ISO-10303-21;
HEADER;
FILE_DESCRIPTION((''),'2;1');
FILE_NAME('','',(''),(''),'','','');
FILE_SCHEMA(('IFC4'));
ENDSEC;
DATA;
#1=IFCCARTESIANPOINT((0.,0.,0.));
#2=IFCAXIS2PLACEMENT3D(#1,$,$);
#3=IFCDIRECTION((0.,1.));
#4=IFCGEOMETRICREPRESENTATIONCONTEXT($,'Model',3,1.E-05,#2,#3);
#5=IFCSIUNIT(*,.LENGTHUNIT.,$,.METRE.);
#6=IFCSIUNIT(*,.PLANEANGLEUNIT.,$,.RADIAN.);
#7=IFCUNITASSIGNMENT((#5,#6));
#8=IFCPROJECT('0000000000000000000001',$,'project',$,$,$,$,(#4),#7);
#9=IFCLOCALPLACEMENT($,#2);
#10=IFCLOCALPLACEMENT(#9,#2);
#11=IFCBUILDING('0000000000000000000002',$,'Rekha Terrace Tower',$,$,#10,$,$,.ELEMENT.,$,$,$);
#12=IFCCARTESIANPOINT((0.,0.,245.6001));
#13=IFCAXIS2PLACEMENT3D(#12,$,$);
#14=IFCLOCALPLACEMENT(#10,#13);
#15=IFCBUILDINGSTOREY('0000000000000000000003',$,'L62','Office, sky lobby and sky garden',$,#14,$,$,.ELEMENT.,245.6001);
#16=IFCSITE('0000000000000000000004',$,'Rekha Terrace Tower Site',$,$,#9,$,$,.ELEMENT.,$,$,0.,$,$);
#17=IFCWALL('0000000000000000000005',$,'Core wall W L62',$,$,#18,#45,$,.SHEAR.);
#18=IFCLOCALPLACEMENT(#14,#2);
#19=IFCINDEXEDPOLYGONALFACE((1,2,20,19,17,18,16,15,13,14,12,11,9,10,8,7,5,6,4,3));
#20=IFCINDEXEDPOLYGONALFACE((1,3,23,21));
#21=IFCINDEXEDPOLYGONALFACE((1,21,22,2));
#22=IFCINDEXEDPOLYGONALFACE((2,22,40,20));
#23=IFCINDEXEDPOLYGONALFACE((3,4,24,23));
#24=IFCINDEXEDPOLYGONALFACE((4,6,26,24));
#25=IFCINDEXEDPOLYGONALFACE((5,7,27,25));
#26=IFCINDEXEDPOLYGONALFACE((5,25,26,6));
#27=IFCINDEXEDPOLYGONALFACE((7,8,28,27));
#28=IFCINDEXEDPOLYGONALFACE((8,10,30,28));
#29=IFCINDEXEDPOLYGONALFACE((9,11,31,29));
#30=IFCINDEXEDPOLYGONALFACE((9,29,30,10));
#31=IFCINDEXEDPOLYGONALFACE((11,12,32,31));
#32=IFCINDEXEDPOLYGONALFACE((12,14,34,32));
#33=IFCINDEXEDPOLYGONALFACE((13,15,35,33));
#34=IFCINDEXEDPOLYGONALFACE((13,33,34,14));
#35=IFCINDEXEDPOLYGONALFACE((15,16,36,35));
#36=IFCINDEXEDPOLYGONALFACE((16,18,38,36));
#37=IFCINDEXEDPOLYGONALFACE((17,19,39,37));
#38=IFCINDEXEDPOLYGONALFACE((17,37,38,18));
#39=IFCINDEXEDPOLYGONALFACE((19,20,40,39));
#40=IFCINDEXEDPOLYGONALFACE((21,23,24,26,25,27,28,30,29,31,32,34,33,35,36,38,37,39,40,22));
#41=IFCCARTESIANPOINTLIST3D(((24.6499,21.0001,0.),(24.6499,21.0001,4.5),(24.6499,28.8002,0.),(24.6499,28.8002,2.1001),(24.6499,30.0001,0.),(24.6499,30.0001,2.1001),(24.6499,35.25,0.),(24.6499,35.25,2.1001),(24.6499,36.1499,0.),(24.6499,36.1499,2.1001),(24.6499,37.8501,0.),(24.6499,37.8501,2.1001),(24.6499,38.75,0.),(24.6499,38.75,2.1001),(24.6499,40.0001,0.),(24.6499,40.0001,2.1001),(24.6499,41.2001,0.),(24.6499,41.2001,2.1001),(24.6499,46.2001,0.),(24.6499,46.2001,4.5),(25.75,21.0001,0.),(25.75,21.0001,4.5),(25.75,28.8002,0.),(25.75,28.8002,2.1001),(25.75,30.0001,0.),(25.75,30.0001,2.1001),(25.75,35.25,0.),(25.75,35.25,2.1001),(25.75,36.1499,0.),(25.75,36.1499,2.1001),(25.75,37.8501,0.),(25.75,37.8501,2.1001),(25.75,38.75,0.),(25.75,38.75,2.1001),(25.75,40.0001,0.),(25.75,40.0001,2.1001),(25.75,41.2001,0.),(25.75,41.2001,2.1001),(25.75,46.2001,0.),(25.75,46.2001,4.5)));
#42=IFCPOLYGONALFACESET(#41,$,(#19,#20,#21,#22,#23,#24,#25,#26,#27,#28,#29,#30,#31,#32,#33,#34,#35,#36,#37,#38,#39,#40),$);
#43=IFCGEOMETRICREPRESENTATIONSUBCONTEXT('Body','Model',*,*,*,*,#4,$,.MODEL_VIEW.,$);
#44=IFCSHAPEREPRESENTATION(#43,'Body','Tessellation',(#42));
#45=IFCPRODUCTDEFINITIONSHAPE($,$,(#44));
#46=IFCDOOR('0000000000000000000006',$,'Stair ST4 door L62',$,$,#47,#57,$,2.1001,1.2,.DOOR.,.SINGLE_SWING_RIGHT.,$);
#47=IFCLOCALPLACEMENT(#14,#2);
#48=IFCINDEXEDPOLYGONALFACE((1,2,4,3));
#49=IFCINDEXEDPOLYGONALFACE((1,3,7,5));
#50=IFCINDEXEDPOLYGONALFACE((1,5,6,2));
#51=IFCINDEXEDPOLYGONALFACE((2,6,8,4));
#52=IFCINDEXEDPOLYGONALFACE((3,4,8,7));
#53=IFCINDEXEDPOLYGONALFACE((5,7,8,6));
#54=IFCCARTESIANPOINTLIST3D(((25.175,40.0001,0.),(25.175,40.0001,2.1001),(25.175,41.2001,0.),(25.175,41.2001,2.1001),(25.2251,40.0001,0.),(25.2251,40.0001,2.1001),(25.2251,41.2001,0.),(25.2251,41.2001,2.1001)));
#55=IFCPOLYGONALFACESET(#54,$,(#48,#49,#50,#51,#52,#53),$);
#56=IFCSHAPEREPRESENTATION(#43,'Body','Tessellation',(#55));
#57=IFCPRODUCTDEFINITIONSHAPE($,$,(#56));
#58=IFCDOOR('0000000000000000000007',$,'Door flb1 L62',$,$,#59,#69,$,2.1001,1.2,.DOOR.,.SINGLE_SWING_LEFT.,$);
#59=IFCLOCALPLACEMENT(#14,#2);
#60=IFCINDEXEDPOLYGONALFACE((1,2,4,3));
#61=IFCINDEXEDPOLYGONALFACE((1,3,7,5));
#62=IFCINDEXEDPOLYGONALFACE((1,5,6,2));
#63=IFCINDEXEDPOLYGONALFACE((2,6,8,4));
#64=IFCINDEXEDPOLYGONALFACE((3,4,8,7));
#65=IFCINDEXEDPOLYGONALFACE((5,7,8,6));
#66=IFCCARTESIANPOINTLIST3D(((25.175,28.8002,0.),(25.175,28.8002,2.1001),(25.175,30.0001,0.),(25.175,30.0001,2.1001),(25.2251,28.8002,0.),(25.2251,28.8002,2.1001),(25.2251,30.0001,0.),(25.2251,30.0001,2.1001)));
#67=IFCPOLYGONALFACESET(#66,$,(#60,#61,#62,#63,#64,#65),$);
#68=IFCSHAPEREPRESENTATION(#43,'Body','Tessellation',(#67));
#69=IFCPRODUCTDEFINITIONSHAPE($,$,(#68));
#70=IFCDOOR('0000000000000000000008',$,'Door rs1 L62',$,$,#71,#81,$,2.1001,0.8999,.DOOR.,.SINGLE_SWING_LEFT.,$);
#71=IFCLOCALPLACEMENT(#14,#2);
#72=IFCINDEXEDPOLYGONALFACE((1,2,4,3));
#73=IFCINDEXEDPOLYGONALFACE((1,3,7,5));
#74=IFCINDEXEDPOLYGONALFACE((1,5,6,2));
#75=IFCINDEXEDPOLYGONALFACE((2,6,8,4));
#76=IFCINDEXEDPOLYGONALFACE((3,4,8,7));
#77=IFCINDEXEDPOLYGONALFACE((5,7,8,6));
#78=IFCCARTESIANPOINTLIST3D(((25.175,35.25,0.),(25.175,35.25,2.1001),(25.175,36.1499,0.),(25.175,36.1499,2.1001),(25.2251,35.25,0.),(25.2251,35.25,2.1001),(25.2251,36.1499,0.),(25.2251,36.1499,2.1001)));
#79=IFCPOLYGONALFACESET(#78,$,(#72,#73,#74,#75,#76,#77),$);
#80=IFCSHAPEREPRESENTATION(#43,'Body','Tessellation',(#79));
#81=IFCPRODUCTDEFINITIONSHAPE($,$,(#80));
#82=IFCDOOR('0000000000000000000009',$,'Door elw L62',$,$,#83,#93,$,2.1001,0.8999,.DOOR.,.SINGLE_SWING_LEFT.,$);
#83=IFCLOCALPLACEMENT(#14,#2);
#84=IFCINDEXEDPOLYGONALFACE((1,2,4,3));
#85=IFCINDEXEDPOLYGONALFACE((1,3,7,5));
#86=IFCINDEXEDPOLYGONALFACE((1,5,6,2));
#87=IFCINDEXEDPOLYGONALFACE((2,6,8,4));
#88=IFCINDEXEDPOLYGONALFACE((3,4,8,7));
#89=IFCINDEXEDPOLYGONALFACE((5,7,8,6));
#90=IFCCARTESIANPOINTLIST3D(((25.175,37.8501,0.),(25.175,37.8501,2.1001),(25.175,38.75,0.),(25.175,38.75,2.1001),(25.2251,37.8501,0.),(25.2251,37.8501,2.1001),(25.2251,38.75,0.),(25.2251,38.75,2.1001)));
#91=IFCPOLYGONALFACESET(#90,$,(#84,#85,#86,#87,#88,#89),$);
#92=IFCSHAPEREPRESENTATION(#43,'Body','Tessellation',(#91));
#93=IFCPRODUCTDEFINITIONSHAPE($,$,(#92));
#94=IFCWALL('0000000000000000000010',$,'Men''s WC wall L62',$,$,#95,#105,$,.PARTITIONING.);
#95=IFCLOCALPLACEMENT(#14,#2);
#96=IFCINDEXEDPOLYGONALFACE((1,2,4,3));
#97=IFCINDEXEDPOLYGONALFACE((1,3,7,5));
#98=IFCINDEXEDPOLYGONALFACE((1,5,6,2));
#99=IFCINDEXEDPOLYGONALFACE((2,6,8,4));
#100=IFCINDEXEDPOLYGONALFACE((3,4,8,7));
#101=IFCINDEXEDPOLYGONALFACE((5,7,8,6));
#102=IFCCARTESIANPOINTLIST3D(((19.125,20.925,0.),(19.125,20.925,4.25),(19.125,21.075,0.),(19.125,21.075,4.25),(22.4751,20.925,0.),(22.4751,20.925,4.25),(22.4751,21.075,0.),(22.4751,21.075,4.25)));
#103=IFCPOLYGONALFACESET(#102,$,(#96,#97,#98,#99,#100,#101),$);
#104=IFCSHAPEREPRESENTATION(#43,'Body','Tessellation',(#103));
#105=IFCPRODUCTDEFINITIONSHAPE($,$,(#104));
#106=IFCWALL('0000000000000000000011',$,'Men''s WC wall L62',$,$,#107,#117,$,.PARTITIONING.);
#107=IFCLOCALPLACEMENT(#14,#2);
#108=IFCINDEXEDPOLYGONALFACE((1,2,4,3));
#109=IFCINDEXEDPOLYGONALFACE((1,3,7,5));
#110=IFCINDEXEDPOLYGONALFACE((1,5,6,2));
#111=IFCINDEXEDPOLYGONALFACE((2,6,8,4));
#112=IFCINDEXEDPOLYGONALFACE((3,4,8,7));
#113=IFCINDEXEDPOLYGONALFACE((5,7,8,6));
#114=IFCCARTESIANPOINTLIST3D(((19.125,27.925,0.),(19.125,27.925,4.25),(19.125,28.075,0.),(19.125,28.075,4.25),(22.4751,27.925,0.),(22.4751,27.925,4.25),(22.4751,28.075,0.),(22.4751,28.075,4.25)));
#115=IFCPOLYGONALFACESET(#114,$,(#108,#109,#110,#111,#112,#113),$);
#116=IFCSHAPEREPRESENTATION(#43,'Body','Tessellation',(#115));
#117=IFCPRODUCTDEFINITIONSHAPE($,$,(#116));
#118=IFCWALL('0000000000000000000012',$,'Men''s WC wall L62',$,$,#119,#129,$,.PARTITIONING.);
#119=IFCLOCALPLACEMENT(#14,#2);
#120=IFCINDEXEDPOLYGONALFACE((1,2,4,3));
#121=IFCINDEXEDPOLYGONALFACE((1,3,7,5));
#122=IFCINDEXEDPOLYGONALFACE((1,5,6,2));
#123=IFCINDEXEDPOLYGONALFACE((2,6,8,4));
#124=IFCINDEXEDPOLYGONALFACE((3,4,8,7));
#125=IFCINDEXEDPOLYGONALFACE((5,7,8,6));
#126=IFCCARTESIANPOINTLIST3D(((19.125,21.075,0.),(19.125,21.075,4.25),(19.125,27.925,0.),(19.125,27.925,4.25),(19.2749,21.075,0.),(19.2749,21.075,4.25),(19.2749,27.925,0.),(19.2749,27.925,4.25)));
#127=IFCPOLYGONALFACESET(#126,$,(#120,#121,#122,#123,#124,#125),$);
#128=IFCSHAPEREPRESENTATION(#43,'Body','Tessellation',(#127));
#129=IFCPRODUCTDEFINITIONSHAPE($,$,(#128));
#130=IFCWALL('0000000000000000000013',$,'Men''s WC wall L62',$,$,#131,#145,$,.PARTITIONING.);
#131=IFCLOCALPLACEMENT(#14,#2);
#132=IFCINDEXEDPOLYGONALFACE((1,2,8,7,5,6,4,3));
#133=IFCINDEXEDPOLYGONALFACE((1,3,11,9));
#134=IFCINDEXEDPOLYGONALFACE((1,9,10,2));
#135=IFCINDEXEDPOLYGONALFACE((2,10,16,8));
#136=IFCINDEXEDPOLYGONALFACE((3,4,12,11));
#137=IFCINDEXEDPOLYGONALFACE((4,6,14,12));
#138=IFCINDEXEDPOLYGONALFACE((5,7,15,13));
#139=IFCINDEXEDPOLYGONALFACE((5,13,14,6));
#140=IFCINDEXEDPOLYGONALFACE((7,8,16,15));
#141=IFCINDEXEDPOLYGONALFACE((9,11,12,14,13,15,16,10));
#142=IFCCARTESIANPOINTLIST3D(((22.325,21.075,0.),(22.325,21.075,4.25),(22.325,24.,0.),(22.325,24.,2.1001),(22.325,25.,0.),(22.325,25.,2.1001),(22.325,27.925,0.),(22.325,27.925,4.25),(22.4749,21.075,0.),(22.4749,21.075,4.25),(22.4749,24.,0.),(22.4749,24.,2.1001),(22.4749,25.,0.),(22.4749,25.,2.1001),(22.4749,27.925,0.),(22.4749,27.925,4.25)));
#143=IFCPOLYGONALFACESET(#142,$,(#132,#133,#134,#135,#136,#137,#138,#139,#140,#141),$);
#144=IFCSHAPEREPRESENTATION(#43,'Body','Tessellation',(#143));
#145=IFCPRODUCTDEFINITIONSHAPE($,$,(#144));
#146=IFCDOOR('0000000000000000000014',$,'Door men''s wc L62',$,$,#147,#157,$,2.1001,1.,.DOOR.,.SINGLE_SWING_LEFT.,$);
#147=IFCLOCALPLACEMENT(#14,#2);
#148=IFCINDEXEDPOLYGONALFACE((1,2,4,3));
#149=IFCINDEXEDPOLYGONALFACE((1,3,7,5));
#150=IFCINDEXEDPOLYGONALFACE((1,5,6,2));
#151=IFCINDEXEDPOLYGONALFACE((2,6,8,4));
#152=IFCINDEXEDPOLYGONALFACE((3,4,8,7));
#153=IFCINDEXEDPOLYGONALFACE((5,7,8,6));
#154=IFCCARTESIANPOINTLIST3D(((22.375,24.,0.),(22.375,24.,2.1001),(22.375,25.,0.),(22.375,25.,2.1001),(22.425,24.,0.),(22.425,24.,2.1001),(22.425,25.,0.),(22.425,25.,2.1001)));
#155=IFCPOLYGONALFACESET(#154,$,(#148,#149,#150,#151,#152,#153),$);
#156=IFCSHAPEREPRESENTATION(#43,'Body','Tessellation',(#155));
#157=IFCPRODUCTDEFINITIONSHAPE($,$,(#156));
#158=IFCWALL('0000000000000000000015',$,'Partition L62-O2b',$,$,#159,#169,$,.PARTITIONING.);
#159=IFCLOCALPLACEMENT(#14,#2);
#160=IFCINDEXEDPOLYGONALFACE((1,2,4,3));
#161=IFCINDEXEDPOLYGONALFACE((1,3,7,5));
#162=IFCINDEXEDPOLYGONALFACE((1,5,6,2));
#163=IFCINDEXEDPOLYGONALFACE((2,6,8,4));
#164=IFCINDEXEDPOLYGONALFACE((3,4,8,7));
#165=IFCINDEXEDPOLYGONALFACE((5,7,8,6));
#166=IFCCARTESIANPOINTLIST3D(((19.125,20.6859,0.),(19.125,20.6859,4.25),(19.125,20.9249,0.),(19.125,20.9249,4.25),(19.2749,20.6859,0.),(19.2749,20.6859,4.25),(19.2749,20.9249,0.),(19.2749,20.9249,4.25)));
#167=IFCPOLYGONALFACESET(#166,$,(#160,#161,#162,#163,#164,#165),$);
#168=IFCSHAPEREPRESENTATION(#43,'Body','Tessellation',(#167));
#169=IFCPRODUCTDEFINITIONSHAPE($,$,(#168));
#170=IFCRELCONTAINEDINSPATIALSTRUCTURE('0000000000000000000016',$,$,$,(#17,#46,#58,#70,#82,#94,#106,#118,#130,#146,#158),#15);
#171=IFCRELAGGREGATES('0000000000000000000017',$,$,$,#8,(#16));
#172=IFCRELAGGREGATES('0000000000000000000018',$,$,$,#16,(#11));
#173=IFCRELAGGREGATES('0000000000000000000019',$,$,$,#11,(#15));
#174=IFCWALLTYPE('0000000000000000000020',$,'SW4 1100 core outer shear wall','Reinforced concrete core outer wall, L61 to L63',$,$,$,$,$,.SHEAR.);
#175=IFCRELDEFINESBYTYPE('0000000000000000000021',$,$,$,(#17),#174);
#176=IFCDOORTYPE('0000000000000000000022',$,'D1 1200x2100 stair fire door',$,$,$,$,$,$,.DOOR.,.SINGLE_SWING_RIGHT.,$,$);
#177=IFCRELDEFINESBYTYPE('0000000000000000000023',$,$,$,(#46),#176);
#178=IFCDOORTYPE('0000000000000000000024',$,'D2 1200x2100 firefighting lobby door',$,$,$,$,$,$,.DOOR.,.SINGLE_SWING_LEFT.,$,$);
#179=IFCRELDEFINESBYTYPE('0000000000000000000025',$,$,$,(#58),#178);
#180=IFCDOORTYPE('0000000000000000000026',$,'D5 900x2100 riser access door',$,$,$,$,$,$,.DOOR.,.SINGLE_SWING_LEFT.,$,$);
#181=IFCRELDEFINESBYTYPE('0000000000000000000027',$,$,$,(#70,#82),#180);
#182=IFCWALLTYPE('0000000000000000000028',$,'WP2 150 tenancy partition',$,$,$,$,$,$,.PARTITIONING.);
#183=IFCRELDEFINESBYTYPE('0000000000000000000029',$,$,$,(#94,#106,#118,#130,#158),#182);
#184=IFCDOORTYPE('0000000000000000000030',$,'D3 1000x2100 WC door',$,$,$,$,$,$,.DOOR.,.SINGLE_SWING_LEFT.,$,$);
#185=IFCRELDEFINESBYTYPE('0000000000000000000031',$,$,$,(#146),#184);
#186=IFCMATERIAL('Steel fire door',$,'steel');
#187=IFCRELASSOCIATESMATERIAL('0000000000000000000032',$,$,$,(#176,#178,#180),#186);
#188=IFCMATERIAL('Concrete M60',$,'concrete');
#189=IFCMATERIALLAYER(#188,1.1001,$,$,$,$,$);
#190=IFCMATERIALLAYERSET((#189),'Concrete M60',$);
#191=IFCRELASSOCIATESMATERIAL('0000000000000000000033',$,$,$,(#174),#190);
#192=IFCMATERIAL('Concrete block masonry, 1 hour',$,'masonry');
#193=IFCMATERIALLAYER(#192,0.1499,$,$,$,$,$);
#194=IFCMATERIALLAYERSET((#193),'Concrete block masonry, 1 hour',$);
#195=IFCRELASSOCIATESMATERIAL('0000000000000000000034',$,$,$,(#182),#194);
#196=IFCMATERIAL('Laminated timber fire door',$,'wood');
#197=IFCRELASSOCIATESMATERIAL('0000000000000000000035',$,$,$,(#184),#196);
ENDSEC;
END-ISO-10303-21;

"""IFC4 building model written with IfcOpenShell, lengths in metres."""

from ifc_helpers import new_model, si_unit, direction, frame, frame_2d, origin, place, context, subcontext, project, spatial, rectangle, extrude, material, layer, layer_set, type_object, element, fill, save


model = new_model("IFC4")

# Units and contexts
model_context = context("Model", 3, precision=1e-05, world=origin(), true_north=direction((0.0, 1.0)))
body_context = subcontext(model_context, "Body", "Model", "MODEL_VIEW")
ifc_project = project(units=[si_unit("LENGTHUNIT", "METRE"), si_unit("PLANEANGLEUNIT", "RADIAN")], contexts=[model_context])

# Site, building, storey
site_placement = place(None, origin())
site = spatial("IfcSite", under=ifc_project, at=site_placement, Name="Rekha Terrace Tower Site", CompositionType="ELEMENT", RefElevation=0.0)
building_placement = place(site_placement, origin())
building = spatial("IfcBuilding", under=site, at=building_placement, Name="Rekha Terrace Tower", CompositionType="ELEMENT")
storey_placement = place(building_placement, frame((0.0, 0.0, 245.6001)))
storey = spatial("IfcBuildingStorey", under=building, at=storey_placement, Name="L62", Description="Office, sky lobby and sky garden", CompositionType="ELEMENT", Elevation=245.6001)

# Shared definitions
ifc_material_1 = material(Name="Concrete M60", Category="concrete")

# Shared definitions
ifc_material_2 = material(Name="Steel fire door", Category="steel")
door_type_1 = type_object("IfcDoorType", Name="D1 1200x2100 stair fire door", OperationType="SINGLE_SWING_RIGHT", PredefinedType="DOOR", material=ifc_material_2)

# Shared definitions
ifc_layer_1 = layer(ifc_material_1, 1.1001)
ifc_layer_set_1 = layer_set([ifc_layer_1], Name="Concrete M60")
wall_type_1 = type_object("IfcWallType", Name="SW4 1100 core outer shear wall", Description="Reinforced concrete core outer wall, L61 to L63", PredefinedType="SHEAR", material=ifc_layer_set_1)

# Wall, openings, doors
wall_1_placement = place(storey_placement, frame((25.2, 21.0, 0.0), z_axis=(0.0, 0.0, 1.0), x_axis=(0.0, 1.0, 0.0)))
wall_1 = element("IfcWall", 1, at=wall_1_placement, inside=storey, type_object=wall_type_1, Name="Core wall W L62", PredefinedType="SHEAR", context=body_context, shape_type="SweptSolid", body=[
    extrude(rectangle(XDim=25.2, YDim=1.1001, at=frame_2d((12.6001, 0.0))), origin(), (0.0, 0.0, 1.0), 4.5),
])
opening_1_placement = place(wall_1_placement, frame((7.8, 0.0, 0.0)))
opening_1 = element("IfcOpeningElement", 2, at=opening_1_placement, cuts=wall_1, PredefinedType="OPENING", context=body_context, shape_type="SweptSolid", body=[
    extrude(rectangle(XDim=1.2, YDim=2.1001, at=frame_2d((0.6001, 1.05))), frame((0.0, 0.5601, 0.0), z_axis=(0.0, -1.0, 0.0), x_axis=(1.0, 0.0, 0.0)), (0.0, 0.0, 1.0), 1.1201),
])
opening_2_placement = place(wall_1_placement, frame((14.25, 0.0, 0.0)))
opening_2 = element("IfcOpeningElement", 3, at=opening_2_placement, cuts=wall_1, PredefinedType="OPENING", context=body_context, shape_type="SweptSolid", body=[
    extrude(rectangle(XDim=0.8999, YDim=2.1001, at=frame_2d((0.45, 1.05))), frame((0.0, 0.5601, 0.0), z_axis=(0.0, -1.0, 0.0), x_axis=(1.0, 0.0, 0.0)), (0.0, 0.0, 1.0), 1.1201),
])
opening_3_placement = place(wall_1_placement, frame((16.8501, 0.0, 0.0)))
opening_3 = element("IfcOpeningElement", 4, at=opening_3_placement, cuts=wall_1, PredefinedType="OPENING", context=body_context, shape_type="SweptSolid", body=[
    extrude(rectangle(XDim=0.8999, YDim=2.1001, at=frame_2d((0.45, 1.05))), frame((0.0, 0.5601, 0.0), z_axis=(0.0, -1.0, 0.0), x_axis=(1.0, 0.0, 0.0)), (0.0, 0.0, 1.0), 1.1201),
])
opening_4_placement = place(wall_1_placement, frame((19.0, 0.0, 0.0)))
opening_4 = element("IfcOpeningElement", 5, at=opening_4_placement, cuts=wall_1, PredefinedType="OPENING", context=body_context, shape_type="SweptSolid", body=[
    extrude(rectangle(XDim=1.2, YDim=2.1001, at=frame_2d((0.6001, 1.05))), frame((0.0, 0.5601, 0.0), z_axis=(0.0, -1.0, 0.0), x_axis=(1.0, 0.0, 0.0)), (0.0, 0.0, 1.0), 1.1201),
])
door_1_placement = place(opening_4_placement, origin())
door_1 = element("IfcDoor", 6, at=door_1_placement, inside=storey, type_object=door_type_1, Name="Stair ST4 door L62", OperationType="SINGLE_SWING_RIGHT", OverallHeight=2.1001, OverallWidth=1.2, PredefinedType="DOOR", context=body_context, shape_type="SweptSolid", body=[
    extrude(rectangle(XDim=1.2, YDim=2.1001, at=frame_2d((0.6001, 1.05))), frame((0.0, 0.0249, 0.0), z_axis=(0.0, -1.0, 0.0), x_axis=(1.0, 0.0, 0.0)), (0.0, 0.0, 1.0), 0.05),
])
fill(opening_4, door_1)
door_type_2 = type_object("IfcDoorType", Name="D2 1200x2100 firefighting lobby door", OperationType="SINGLE_SWING_LEFT", PredefinedType="DOOR", material=ifc_material_2)
door_2_placement = place(opening_1_placement, origin())
door_2 = element("IfcDoor", 7, at=door_2_placement, inside=storey, type_object=door_type_2, Name="Door flb1 L62", OperationType="SINGLE_SWING_LEFT", OverallHeight=2.1001, OverallWidth=1.2, PredefinedType="DOOR", context=body_context, shape_type="SweptSolid", body=[
    extrude(rectangle(XDim=1.2, YDim=2.1001, at=frame_2d((0.6001, 1.05))), frame((0.0, 0.0249, 0.0), z_axis=(0.0, -1.0, 0.0), x_axis=(1.0, 0.0, 0.0)), (0.0, 0.0, 1.0), 0.05),
])
fill(opening_1, door_2)
door_type_3 = type_object("IfcDoorType", Name="D5 900x2100 riser access door", OperationType="SINGLE_SWING_LEFT", PredefinedType="DOOR", material=ifc_material_2)
door_3_placement = place(opening_2_placement, origin())
door_3 = element("IfcDoor", 8, at=door_3_placement, inside=storey, type_object=door_type_3, Name="Door rs1 L62", OperationType="SINGLE_SWING_LEFT", OverallHeight=2.1001, OverallWidth=0.8999, PredefinedType="DOOR", context=body_context, shape_type="SweptSolid", body=[
    extrude(rectangle(XDim=0.8999, YDim=2.1001, at=frame_2d((0.45, 1.05))), frame((0.0, 0.0249, 0.0), z_axis=(0.0, -1.0, 0.0), x_axis=(1.0, 0.0, 0.0)), (0.0, 0.0, 1.0), 0.05),
])
fill(opening_2, door_3)
door_4_placement = place(opening_3_placement, origin())
door_4 = element("IfcDoor", 9, at=door_4_placement, inside=storey, type_object=door_type_3, Name="Door elw L62", OperationType="SINGLE_SWING_LEFT", OverallHeight=2.1001, OverallWidth=0.8999, PredefinedType="DOOR", context=body_context, shape_type="SweptSolid", body=[
    extrude(rectangle(XDim=0.8999, YDim=2.1001, at=frame_2d((0.45, 1.05))), frame((0.0, 0.0249, 0.0), z_axis=(0.0, -1.0, 0.0), x_axis=(1.0, 0.0, 0.0)), (0.0, 0.0, 1.0), 0.05),
])
fill(opening_3, door_4)

# Walls
ifc_material_3 = material(Name="Concrete block masonry, 1 hour", Category="masonry")
ifc_layer_2 = layer(ifc_material_3, 0.1499)
ifc_layer_set_2 = layer_set([ifc_layer_2], Name="Concrete block masonry, 1 hour")
wall_type_2 = type_object("IfcWallType", Name="WP2 150 tenancy partition", PredefinedType="PARTITIONING", material=ifc_layer_set_2)
for number, where, z_axis, x_axis, name in (
    (10, (19.125, 21.0, 0.0), (0.0, 0.0, 1.0), (1.0, 0.0, 0.0), "Men's WC wall L62"),
    (11, (19.125, 28.0, 0.0), (0.0, 0.0, 1.0), (1.0, 0.0, 0.0), "Men's WC wall L62"),
):
    element("IfcWall", number, at=place(storey_placement, frame(where, z_axis=z_axis, x_axis=x_axis)), inside=storey, type_object=wall_type_2, Name=name, PredefinedType="PARTITIONING", context=body_context, shape_type="SweptSolid", body=[
        extrude(rectangle(XDim=3.3501, YDim=0.1499, at=frame_2d((1.675, 0.0))), origin(), (0.0, 0.0, 1.0), 4.25),
    ])
wall_2_placement = place(storey_placement, frame((19.2, 21.075, 0.0), z_axis=(0.0, 0.0, 1.0), x_axis=(0.0, 1.0, 0.0)))
element("IfcWall", 12, at=wall_2_placement, inside=storey, type_object=wall_type_2, Name="Men's WC wall L62", PredefinedType="PARTITIONING", context=body_context, shape_type="SweptSolid", body=[
    extrude(rectangle(XDim=6.8501, YDim=0.1499, at=frame_2d((3.425, 0.0))), origin(), (0.0, 0.0, 1.0), 4.25),
])

# Wall, opening, door
wall_3_placement = place(storey_placement, frame((22.3999, 21.075, 0.0), z_axis=(0.0, 0.0, 1.0), x_axis=(0.0, 1.0, 0.0)))
wall_3 = element("IfcWall", 13, at=wall_3_placement, inside=storey, type_object=wall_type_2, Name="Men's WC wall L62", PredefinedType="PARTITIONING", context=body_context, shape_type="SweptSolid", body=[
    extrude(rectangle(XDim=6.8501, YDim=0.1499, at=frame_2d((3.425, 0.0))), origin(), (0.0, 0.0, 1.0), 4.25),
])
opening_5_placement = place(wall_3_placement, frame((2.925, 0.0, 0.0)))
opening_5 = element("IfcOpeningElement", 14, at=opening_5_placement, cuts=wall_3, PredefinedType="OPENING", context=body_context, shape_type="SweptSolid", body=[
    extrude(rectangle(XDim=1.0, YDim=2.1001, at=frame_2d((0.5, 1.05))), frame((0.0, 0.085, 0.0), z_axis=(0.0, -1.0, 0.0), x_axis=(1.0, 0.0, 0.0)), (0.0, 0.0, 1.0), 0.1699),
])
ifc_material_4 = material(Name="Laminated timber fire door", Category="wood")
door_type_4 = type_object("IfcDoorType", Name="D3 1000x2100 WC door", OperationType="SINGLE_SWING_LEFT", PredefinedType="DOOR", material=ifc_material_4)
door_5_placement = place(opening_5_placement, origin())
door_5 = element("IfcDoor", 15, at=door_5_placement, inside=storey, type_object=door_type_4, Name="Door men's wc L62", OperationType="SINGLE_SWING_LEFT", OverallHeight=2.1001, OverallWidth=1.0, PredefinedType="DOOR", context=body_context, shape_type="SweptSolid", body=[
    extrude(rectangle(XDim=1.0, YDim=2.1001, at=frame_2d((0.5, 1.05))), frame((0.0, 0.0249, 0.0), z_axis=(0.0, -1.0, 0.0), x_axis=(1.0, 0.0, 0.0)), (0.0, 0.0, 1.0), 0.05),
])
fill(opening_5, door_5)

# Wall
wall_4_placement = place(storey_placement, frame((19.2, 20.925, 0.0), z_axis=(0.0, 0.0, 1.0), x_axis=(0.0, -1.0, 0.0)))
element("IfcWall", 16, at=wall_4_placement, inside=storey, type_object=wall_type_2, Name="Partition L62-O2b", PredefinedType="PARTITIONING", context=body_context, shape_type="SweptSolid", body=[
    extrude(rectangle(XDim=0.239, YDim=0.1499, at=frame_2d((0.1196, 0.0))), origin(), (0.0, 0.0, 1.0), 4.25),
])

save(model, "model.ifc")
